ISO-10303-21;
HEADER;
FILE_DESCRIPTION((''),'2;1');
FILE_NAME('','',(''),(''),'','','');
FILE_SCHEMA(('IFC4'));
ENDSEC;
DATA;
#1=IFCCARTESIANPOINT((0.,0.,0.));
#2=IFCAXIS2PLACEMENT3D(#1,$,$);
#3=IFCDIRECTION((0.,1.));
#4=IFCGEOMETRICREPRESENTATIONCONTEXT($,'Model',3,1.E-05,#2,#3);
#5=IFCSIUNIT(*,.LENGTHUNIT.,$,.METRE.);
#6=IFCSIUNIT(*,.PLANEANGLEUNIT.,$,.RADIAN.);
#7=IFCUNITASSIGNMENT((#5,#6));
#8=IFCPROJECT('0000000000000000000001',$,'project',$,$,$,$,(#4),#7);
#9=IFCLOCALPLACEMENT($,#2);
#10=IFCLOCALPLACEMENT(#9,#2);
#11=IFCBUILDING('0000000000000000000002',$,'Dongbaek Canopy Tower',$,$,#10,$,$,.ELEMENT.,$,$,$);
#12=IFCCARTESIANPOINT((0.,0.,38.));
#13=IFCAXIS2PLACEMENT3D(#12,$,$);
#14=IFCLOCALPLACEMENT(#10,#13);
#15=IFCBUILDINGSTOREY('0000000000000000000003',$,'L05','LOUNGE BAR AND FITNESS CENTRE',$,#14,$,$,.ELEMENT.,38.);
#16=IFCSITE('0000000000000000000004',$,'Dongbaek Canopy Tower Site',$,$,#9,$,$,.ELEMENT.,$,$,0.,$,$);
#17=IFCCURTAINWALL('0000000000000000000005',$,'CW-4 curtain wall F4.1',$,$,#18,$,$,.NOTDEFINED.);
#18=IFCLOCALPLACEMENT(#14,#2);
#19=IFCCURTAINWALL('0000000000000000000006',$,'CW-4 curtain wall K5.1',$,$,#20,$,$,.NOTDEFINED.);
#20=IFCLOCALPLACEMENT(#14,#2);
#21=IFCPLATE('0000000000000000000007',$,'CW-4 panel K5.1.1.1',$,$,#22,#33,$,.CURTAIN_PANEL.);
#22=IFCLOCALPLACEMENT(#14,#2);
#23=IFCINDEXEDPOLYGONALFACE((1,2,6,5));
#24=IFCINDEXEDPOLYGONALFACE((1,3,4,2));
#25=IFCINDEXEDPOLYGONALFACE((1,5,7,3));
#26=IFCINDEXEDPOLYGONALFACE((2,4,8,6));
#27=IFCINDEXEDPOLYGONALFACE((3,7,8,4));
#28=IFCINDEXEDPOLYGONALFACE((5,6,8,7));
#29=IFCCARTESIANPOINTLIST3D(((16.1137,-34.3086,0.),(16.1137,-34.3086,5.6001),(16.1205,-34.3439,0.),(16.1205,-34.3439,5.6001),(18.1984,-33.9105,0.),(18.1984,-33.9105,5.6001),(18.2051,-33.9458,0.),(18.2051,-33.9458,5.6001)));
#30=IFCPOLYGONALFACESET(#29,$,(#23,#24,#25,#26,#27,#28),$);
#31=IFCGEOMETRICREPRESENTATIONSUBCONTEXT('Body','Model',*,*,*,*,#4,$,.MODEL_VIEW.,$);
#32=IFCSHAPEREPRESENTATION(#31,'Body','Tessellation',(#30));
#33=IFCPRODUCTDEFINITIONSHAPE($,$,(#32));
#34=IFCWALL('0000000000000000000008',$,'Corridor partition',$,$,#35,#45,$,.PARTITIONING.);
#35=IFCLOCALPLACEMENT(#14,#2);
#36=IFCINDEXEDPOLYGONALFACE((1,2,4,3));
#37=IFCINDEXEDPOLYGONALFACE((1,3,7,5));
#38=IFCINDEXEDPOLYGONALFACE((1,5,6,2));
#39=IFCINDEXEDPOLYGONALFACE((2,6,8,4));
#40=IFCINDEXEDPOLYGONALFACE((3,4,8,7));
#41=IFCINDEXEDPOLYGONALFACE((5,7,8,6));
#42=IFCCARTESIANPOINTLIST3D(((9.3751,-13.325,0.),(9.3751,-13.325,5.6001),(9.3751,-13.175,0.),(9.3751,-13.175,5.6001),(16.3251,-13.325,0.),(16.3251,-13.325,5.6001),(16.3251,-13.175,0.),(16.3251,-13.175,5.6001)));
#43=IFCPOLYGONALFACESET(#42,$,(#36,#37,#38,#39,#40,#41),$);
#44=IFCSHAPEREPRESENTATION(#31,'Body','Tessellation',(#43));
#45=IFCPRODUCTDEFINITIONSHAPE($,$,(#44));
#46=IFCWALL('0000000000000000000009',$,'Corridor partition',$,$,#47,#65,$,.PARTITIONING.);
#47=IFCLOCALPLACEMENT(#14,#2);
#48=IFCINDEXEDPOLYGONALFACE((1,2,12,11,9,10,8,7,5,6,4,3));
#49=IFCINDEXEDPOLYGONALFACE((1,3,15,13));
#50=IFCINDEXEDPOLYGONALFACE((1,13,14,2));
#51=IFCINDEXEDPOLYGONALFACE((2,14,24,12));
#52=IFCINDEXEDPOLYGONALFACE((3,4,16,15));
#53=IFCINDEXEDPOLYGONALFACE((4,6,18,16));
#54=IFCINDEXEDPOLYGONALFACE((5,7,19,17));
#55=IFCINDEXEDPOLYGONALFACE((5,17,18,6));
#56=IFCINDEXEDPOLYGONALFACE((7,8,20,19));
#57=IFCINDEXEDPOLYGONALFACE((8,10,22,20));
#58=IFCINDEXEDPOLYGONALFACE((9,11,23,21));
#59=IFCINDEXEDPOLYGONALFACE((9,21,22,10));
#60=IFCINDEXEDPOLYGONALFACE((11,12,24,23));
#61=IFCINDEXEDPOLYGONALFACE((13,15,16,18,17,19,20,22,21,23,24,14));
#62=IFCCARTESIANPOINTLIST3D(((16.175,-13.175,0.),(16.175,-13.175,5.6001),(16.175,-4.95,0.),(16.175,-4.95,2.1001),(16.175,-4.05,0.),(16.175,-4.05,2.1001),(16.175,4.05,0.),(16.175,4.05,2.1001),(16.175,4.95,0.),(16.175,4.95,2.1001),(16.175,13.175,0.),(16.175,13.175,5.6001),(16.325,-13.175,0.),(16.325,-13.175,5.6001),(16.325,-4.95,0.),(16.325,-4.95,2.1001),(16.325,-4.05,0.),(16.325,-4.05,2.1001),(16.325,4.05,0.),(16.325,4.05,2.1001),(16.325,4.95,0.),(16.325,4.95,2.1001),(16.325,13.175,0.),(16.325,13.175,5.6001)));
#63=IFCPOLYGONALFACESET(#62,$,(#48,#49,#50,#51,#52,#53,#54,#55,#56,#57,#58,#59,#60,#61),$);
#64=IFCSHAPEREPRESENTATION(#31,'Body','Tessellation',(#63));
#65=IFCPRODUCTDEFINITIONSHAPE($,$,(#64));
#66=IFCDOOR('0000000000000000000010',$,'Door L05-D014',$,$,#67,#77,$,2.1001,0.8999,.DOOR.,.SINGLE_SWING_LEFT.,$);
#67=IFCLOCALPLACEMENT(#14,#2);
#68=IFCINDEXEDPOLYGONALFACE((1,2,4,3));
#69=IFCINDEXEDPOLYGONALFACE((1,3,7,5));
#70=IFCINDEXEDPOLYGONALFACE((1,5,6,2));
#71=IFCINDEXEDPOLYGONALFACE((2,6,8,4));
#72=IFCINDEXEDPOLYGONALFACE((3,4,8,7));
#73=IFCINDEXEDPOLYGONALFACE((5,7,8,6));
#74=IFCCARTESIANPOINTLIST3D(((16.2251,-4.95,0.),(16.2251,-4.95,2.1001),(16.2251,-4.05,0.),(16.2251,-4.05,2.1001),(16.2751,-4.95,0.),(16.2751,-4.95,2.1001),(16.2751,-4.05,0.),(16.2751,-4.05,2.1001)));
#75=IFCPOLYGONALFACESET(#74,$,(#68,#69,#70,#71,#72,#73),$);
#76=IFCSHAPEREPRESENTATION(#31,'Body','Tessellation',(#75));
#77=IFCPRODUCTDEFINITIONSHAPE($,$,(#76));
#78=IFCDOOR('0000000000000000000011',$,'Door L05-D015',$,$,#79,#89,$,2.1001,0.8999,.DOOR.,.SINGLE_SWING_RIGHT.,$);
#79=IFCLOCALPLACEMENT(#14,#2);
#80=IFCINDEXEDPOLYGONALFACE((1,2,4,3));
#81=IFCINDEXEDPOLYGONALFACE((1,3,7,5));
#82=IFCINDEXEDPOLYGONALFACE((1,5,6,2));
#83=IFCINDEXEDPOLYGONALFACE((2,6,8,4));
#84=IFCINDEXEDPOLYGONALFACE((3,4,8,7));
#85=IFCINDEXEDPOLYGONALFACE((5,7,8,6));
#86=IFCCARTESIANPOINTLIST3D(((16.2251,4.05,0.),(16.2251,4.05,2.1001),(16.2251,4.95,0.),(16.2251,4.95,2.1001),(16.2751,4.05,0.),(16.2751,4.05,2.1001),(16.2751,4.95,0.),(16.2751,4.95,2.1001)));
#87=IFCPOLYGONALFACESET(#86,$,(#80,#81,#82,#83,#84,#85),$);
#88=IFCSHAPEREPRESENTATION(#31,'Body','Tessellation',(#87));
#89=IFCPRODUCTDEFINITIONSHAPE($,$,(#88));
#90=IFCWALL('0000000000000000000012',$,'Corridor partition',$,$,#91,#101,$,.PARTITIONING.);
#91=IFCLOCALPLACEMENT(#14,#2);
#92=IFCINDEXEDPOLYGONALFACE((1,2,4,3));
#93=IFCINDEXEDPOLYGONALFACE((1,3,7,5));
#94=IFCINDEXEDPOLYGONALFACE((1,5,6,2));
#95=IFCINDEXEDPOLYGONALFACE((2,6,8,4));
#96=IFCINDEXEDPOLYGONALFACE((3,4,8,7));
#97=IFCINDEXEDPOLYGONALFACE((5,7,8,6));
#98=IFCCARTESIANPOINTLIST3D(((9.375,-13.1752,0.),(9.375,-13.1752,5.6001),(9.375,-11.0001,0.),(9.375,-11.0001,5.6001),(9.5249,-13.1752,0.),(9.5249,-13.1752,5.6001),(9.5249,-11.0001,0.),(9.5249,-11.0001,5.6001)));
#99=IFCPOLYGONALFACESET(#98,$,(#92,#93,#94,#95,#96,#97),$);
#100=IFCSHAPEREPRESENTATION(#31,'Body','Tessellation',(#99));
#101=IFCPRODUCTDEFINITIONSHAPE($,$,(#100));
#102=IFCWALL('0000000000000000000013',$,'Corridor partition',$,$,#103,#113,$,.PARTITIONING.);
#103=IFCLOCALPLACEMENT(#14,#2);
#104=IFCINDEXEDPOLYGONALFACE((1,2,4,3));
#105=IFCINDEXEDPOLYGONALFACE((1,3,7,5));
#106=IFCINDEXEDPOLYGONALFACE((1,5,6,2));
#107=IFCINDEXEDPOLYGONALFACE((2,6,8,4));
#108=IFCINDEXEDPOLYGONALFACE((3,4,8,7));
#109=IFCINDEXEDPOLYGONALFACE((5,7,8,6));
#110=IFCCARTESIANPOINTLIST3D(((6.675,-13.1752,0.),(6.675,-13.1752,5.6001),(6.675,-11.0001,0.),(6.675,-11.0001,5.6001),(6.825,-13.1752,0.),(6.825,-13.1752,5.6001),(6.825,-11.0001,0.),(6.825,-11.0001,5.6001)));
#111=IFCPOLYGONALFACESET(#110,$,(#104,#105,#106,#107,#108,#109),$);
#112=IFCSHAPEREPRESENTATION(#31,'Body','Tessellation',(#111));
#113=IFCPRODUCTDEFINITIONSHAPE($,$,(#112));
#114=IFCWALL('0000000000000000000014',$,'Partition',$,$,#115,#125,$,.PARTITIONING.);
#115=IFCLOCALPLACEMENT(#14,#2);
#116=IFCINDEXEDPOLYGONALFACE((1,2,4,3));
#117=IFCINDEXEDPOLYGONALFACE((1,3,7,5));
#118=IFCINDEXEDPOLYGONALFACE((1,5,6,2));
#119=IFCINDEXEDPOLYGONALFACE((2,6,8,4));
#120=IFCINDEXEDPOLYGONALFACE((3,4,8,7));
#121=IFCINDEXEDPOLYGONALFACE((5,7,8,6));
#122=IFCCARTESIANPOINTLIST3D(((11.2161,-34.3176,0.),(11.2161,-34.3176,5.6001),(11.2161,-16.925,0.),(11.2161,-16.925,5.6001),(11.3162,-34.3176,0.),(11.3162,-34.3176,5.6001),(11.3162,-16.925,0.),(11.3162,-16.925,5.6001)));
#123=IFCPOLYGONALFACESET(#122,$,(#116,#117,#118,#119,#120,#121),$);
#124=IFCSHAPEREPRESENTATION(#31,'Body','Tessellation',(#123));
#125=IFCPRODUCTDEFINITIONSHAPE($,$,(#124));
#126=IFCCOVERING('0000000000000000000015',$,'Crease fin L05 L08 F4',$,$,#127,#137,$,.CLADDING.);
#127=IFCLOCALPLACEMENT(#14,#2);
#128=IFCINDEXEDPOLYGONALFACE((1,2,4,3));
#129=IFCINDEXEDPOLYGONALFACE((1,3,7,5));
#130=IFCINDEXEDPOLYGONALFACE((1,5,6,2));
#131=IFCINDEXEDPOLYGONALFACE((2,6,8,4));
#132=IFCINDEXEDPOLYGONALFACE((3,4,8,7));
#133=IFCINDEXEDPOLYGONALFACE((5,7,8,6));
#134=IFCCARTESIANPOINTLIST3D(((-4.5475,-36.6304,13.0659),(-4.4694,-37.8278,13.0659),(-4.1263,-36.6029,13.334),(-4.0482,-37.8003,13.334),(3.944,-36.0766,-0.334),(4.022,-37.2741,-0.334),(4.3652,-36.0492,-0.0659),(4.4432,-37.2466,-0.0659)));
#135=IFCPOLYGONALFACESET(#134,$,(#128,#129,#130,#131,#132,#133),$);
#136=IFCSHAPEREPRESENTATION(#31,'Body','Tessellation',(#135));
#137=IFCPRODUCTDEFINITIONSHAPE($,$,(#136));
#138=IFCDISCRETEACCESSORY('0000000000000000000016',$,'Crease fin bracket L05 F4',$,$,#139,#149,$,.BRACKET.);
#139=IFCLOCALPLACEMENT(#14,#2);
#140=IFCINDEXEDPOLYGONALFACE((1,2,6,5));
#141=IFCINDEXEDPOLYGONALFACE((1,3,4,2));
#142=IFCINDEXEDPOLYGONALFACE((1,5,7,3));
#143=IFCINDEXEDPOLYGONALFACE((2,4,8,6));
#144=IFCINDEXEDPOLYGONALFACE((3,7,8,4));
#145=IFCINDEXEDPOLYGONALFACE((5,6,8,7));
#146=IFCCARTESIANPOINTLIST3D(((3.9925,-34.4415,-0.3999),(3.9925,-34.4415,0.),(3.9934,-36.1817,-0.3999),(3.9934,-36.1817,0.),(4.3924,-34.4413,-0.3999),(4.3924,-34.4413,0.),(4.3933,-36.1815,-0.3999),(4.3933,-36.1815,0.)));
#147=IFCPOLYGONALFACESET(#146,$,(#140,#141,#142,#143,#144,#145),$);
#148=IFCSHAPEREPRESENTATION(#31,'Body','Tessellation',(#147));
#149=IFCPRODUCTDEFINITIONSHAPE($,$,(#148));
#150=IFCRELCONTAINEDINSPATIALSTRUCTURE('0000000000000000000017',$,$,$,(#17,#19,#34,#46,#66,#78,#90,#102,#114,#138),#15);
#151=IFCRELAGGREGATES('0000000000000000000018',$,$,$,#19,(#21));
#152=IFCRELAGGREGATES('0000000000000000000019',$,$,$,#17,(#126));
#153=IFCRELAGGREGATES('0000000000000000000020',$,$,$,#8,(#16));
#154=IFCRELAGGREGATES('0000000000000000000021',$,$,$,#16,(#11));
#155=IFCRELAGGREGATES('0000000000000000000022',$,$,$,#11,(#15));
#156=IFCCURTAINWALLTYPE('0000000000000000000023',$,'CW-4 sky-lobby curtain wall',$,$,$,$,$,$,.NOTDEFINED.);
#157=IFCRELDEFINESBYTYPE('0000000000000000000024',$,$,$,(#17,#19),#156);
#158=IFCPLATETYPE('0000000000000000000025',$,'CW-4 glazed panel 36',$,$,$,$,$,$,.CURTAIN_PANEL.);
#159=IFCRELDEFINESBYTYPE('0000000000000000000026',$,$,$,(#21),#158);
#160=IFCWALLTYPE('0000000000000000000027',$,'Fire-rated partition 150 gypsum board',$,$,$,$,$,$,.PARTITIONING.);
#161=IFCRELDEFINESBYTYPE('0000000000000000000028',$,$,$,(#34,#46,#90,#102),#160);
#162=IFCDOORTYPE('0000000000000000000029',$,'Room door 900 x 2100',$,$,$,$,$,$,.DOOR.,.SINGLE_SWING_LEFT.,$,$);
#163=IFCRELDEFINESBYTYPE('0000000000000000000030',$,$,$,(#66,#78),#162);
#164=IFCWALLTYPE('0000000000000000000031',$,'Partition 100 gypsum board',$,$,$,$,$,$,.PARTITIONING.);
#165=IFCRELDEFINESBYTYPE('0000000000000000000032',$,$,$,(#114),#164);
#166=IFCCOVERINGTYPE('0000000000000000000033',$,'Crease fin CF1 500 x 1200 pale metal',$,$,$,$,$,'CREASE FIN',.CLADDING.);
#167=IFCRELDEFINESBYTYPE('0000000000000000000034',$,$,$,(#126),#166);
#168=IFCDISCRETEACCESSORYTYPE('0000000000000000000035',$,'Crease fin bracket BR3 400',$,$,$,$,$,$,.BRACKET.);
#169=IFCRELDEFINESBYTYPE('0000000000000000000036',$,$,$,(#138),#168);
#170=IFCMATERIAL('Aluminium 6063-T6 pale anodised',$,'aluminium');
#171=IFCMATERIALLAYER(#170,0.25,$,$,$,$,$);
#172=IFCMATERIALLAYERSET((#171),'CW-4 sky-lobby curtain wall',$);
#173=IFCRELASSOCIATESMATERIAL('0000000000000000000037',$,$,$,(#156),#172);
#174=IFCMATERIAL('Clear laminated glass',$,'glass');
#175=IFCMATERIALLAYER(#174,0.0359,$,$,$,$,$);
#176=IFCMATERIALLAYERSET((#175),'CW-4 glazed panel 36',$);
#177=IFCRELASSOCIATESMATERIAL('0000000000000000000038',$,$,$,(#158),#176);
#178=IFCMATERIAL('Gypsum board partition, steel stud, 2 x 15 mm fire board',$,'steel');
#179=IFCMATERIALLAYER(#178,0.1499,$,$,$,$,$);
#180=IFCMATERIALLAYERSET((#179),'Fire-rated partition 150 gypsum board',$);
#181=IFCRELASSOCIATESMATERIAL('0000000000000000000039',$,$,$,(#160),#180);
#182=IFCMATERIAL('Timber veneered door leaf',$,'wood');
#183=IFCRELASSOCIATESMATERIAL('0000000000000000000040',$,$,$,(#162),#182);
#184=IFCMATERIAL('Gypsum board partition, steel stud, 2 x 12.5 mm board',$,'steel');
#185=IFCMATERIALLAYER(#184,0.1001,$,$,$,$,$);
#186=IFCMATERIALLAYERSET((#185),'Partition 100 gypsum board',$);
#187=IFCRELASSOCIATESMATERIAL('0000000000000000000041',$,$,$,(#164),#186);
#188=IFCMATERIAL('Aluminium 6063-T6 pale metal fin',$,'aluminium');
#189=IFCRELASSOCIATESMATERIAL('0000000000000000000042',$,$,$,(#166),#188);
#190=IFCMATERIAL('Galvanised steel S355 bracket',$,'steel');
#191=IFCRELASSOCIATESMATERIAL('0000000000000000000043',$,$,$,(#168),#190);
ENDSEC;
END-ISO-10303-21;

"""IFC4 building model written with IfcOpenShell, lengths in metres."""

from ifc_helpers import new_model, si_unit, direction, frame, frame_2d, origin, origin_2d, place, context, subcontext, project, spatial, rectangle, extrude, material, layer, layer_set, material_profile, profile_set, type_object, element, fill, aggregate, save


model = new_model("IFC4")

# Units and contexts
model_context = context("Model", 3, precision=1e-05, world=origin(), true_north=direction((0.0, 1.0)))
body_context = subcontext(model_context, "Body", "Model", "MODEL_VIEW")
ifc_project = project(units=[si_unit("LENGTHUNIT", "METRE"), si_unit("PLANEANGLEUNIT", "RADIAN")], contexts=[model_context])

# Site, building, storey
site_placement = place(None, origin())
site = spatial("IfcSite", under=ifc_project, at=site_placement, Name="Dongbaek Canopy Tower Site", CompositionType="ELEMENT", RefElevation=0.0)
building_placement = place(site_placement, origin())
building = spatial("IfcBuilding", under=site, at=building_placement, Name="Dongbaek Canopy Tower", CompositionType="ELEMENT")
storey_placement = place(building_placement, frame((0.0, 0.0, 38.0)))
storey = spatial("IfcBuildingStorey", under=building, at=storey_placement, Name="L05", Description="LOUNGE BAR AND FITNESS CENTRE", CompositionType="ELEMENT", Elevation=38.0)

# Curtain wall
ifc_material_1 = material(Name="Aluminium 6063-T6 pale anodised", Category="aluminium")
ifc_layer_1 = layer(ifc_material_1, 0.25)
ifc_layer_set_1 = layer_set([ifc_layer_1], Name="CW-4 sky-lobby curtain wall")
curtain_wall_type = type_object("IfcCurtainWallType", Name="CW-4 sky-lobby curtain wall", PredefinedType="NOTDEFINED", material=ifc_layer_set_1)
curtain_wall_1_placement = place(storey_placement, origin())
curtain_wall_1 = element("IfcCurtainWall", 1, at=curtain_wall_1_placement, inside=storey, type_object=curtain_wall_type, Name="CW-4 curtain wall F4.1", PredefinedType="NOTDEFINED")

# Shared definitions
ifc_material_2 = material(Name="Clear laminated glass", Category="glass")
ifc_layer_2 = layer(ifc_material_2, 0.0359)
ifc_layer_set_2 = layer_set([ifc_layer_2], Name="CW-4 glazed panel 36")
plate_type = type_object("IfcPlateType", Name="CW-4 glazed panel 36", PredefinedType="CURTAIN_PANEL", material=ifc_layer_set_2)

# Curtain wall, plate
curtain_wall_2_placement = place(storey_placement, origin())
curtain_wall_2 = element("IfcCurtainWall", 2, at=curtain_wall_2_placement, inside=storey, type_object=curtain_wall_type, Name="CW-4 curtain wall K5.1", PredefinedType="NOTDEFINED")
plate_1_placement = place(storey_placement, frame((17.1594, -34.1272, 0.0), z_axis=(0.0, 0.0, 1.0), x_axis=(0.982249, 0.187582, 0.0)))
plate_1 = element("IfcPlate", 3, at=plate_1_placement, type_object=plate_type, Name="CW-4 panel K5.1.1.1", PredefinedType="CURTAIN_PANEL", context=body_context, shape_type="SweptSolid", body=[
    extrude(rectangle(XDim=2.1223, YDim=0.0359, at=origin_2d()), origin(), (0.0, 0.0, 1.0), 5.6001),
])
aggregate(curtain_wall_2, [plate_1])

# Wall
ifc_material_3 = material(Name="Gypsum board partition, steel stud, 2 x 15 mm fire board", Category="steel")
ifc_layer_3 = layer(ifc_material_3, 0.1499)
ifc_layer_set_3 = layer_set([ifc_layer_3], Name="Fire-rated partition 150 gypsum board")
wall_type_1 = type_object("IfcWallType", Name="Fire-rated partition 150 gypsum board", PredefinedType="PARTITIONING", material=ifc_layer_set_3)
wall_1_placement = place(storey_placement, frame((9.375, -13.25, 0.0), z_axis=(0.0, 0.0, 1.0), x_axis=(1.0, 0.0, 0.0)))
element("IfcWall", 4, at=wall_1_placement, inside=storey, type_object=wall_type_1, Name="Corridor partition", PredefinedType="PARTITIONING", context=body_context, shape_type="SweptSolid", body=[
    extrude(rectangle(XDim=6.95, YDim=0.1499, at=frame_2d((3.4751, 0.0))), origin(), (0.0, 0.0, 1.0), 5.6001),
])

# Wall, openings, doors
wall_2_placement = place(storey_placement, frame((16.25, -13.175, 0.0), z_axis=(0.0, 0.0, 1.0), x_axis=(0.0, 1.0, 0.0)))
wall_2 = element("IfcWall", 5, at=wall_2_placement, inside=storey, type_object=wall_type_1, Name="Corridor partition", PredefinedType="PARTITIONING", context=body_context, shape_type="SweptSolid", body=[
    extrude(rectangle(XDim=26.3501, YDim=0.1499, at=frame_2d((13.175, 0.0))), origin(), (0.0, 0.0, 1.0), 5.6001),
])
opening_1_placement = place(wall_2_placement, frame((8.2251, 0.0, 0.0)))
opening_1 = element("IfcOpeningElement", 6, at=opening_1_placement, cuts=wall_2, PredefinedType="OPENING", context=body_context, shape_type="SweptSolid", body=[
    extrude(rectangle(XDim=0.8999, YDim=2.1001, at=frame_2d((0.45, 1.05))), frame((0.0, 0.085, 0.0), z_axis=(0.0, -1.0, 0.0), x_axis=(1.0, 0.0, 0.0)), (0.0, 0.0, 1.0), 0.1699),
])
opening_2_placement = place(wall_2_placement, frame((17.2251, 0.0, 0.0)))
opening_2 = element("IfcOpeningElement", 7, at=opening_2_placement, cuts=wall_2, PredefinedType="OPENING", context=body_context, shape_type="SweptSolid", body=[
    extrude(rectangle(XDim=0.8999, YDim=2.1001, at=frame_2d((0.45, 1.05))), frame((0.0, 0.085, 0.0), z_axis=(0.0, -1.0, 0.0), x_axis=(1.0, 0.0, 0.0)), (0.0, 0.0, 1.0), 0.1699),
])
ifc_material_4 = material(Name="Timber veneered door leaf", Category="wood")
door_type = type_object("IfcDoorType", Name="Room door 900 x 2100", OperationType="SINGLE_SWING_LEFT", PredefinedType="DOOR", material=ifc_material_4)
door_1_placement = place(opening_1_placement, origin())
door_1 = element("IfcDoor", 8, at=door_1_placement, inside=storey, type_object=door_type, Name="Door L05-D014", OperationType="SINGLE_SWING_LEFT", OverallHeight=2.1001, OverallWidth=0.8999, PredefinedType="DOOR", context=body_context, shape_type="SweptSolid", body=[
    extrude(rectangle(XDim=0.8999, YDim=2.1001, at=frame_2d((0.45, 1.05))), frame((0.0, 0.0249, 0.0), z_axis=(0.0, -1.0, 0.0), x_axis=(1.0, 0.0, 0.0)), (0.0, 0.0, 1.0), 0.05),
])
fill(opening_1, door_1)
door_2_placement = place(opening_2_placement, origin())
door_2 = element("IfcDoor", 9, at=door_2_placement, inside=storey, type_object=door_type, Name="Door L05-D015", OperationType="SINGLE_SWING_RIGHT", OverallHeight=2.1001, OverallWidth=0.8999, PredefinedType="DOOR", context=body_context, shape_type="SweptSolid", body=[
    extrude(rectangle(XDim=0.8999, YDim=2.1001, at=frame_2d((0.45, 1.05))), frame((0.0, 0.0249, 0.0), z_axis=(0.0, -1.0, 0.0), x_axis=(1.0, 0.0, 0.0)), (0.0, 0.0, 1.0), 0.05),
])
fill(opening_2, door_2)

# Walls
for number, where, z_axis, x_axis, name in (
    (10, (9.45, -13.175, 0.0), (0.0, 0.0, 1.0), (0.0, 1.0, 0.0), "Corridor partition"),
    (11, (6.75, -13.175, 0.0), (0.0, 0.0, 1.0), (0.0, 1.0, 0.0), "Corridor partition"),
):
    element("IfcWall", number, at=place(storey_placement, frame(where, z_axis=z_axis, x_axis=x_axis)), inside=storey, type_object=wall_type_1, Name=name, PredefinedType="PARTITIONING", context=body_context, shape_type="SweptSolid", body=[
        extrude(rectangle(XDim=2.175, YDim=0.1499, at=frame_2d((1.0874, 0.0))), origin(), (0.0, 0.0, 1.0), 5.6001),
    ])
ifc_material_5 = material(Name="Gypsum board partition, steel stud, 2 x 12.5 mm board", Category="steel")
ifc_layer_4 = layer(ifc_material_5, 0.1001)
ifc_layer_set_4 = layer_set([ifc_layer_4], Name="Partition 100 gypsum board")
wall_type_2 = type_object("IfcWallType", Name="Partition 100 gypsum board", PredefinedType="PARTITIONING", material=ifc_layer_set_4)
wall_3_placement = place(storey_placement, frame((11.2661, -34.3176, 0.0), z_axis=(0.0, 0.0, 1.0), x_axis=(0.0, 1.0, 0.0)))
element("IfcWall", 12, at=wall_3_placement, inside=storey, type_object=wall_type_2, Name="Partition", PredefinedType="PARTITIONING", context=body_context, shape_type="SweptSolid", body=[
    extrude(rectangle(XDim=17.3926, YDim=0.1001, at=frame_2d((8.6963, 0.0))), origin(), (0.0, 0.0, 1.0), 5.6001),
])

# Covering
ifc_material_6 = material(Name="Aluminium 6063-T6 pale metal fin", Category="aluminium")
ifc_material_profile_1 = material_profile(ifc_material_6, rectangle(XDim=1.2, YDim=0.5, at=origin_2d()), Name="Crease fin CF1 500 x 1200 pale metal")
ifc_profile_set_1 = profile_set([ifc_material_profile_1], Name="Aluminium 6063-T6 pale metal fin")
covering_type = type_object("IfcCoveringType", Name="Crease fin CF1 500 x 1200 pale metal", ElementType="CREASE FIN", PredefinedType="CLADDING", material=ifc_profile_set_1)
covering_placement = place(storey_placement, frame((4.1936, -36.6616, -0.2), z_axis=(-0.534945, -0.034883, 0.844167), x_axis=(0.06507, -0.997881, 0.0)))
covering = element("IfcCovering", 13, at=covering_placement, type_object=covering_type, Name="Crease fin L05 L08 F4", PredefinedType="CLADDING", context=body_context, shape_type="SweptSolid", body=[
    extrude(rectangle(XDim=1.2, YDim=0.5, at=origin_2d()), origin(), (0.0, 0.0, 1.0), 15.8735),
])
aggregate(curtain_wall_1, [covering])

# Discrete accessory
ifc_material_7 = material(Name="Galvanised steel S355 bracket", Category="steel")
discrete_accessory_type = type_object("IfcDiscreteAccessoryType", Name="Crease fin bracket BR3 400", PredefinedType="BRACKET", material=ifc_material_7)
discrete_accessory_placement = place(storey_placement, frame((4.1929, -35.3115, -0.3999), z_axis=(0.0, 0.0, 1.0), x_axis=(0.000524, -1.0, 0.0)))
element("IfcDiscreteAccessory", 14, at=discrete_accessory_placement, inside=storey, type_object=discrete_accessory_type, Name="Crease fin bracket L05 F4", PredefinedType="BRACKET", context=body_context, shape_type="SweptSolid", body=[
    extrude(rectangle(XDim=1.7402, YDim=0.3999, at=origin_2d()), origin(), (0.0, 0.0, 1.0), 0.3999),
])

save(model, "model.ifc")
